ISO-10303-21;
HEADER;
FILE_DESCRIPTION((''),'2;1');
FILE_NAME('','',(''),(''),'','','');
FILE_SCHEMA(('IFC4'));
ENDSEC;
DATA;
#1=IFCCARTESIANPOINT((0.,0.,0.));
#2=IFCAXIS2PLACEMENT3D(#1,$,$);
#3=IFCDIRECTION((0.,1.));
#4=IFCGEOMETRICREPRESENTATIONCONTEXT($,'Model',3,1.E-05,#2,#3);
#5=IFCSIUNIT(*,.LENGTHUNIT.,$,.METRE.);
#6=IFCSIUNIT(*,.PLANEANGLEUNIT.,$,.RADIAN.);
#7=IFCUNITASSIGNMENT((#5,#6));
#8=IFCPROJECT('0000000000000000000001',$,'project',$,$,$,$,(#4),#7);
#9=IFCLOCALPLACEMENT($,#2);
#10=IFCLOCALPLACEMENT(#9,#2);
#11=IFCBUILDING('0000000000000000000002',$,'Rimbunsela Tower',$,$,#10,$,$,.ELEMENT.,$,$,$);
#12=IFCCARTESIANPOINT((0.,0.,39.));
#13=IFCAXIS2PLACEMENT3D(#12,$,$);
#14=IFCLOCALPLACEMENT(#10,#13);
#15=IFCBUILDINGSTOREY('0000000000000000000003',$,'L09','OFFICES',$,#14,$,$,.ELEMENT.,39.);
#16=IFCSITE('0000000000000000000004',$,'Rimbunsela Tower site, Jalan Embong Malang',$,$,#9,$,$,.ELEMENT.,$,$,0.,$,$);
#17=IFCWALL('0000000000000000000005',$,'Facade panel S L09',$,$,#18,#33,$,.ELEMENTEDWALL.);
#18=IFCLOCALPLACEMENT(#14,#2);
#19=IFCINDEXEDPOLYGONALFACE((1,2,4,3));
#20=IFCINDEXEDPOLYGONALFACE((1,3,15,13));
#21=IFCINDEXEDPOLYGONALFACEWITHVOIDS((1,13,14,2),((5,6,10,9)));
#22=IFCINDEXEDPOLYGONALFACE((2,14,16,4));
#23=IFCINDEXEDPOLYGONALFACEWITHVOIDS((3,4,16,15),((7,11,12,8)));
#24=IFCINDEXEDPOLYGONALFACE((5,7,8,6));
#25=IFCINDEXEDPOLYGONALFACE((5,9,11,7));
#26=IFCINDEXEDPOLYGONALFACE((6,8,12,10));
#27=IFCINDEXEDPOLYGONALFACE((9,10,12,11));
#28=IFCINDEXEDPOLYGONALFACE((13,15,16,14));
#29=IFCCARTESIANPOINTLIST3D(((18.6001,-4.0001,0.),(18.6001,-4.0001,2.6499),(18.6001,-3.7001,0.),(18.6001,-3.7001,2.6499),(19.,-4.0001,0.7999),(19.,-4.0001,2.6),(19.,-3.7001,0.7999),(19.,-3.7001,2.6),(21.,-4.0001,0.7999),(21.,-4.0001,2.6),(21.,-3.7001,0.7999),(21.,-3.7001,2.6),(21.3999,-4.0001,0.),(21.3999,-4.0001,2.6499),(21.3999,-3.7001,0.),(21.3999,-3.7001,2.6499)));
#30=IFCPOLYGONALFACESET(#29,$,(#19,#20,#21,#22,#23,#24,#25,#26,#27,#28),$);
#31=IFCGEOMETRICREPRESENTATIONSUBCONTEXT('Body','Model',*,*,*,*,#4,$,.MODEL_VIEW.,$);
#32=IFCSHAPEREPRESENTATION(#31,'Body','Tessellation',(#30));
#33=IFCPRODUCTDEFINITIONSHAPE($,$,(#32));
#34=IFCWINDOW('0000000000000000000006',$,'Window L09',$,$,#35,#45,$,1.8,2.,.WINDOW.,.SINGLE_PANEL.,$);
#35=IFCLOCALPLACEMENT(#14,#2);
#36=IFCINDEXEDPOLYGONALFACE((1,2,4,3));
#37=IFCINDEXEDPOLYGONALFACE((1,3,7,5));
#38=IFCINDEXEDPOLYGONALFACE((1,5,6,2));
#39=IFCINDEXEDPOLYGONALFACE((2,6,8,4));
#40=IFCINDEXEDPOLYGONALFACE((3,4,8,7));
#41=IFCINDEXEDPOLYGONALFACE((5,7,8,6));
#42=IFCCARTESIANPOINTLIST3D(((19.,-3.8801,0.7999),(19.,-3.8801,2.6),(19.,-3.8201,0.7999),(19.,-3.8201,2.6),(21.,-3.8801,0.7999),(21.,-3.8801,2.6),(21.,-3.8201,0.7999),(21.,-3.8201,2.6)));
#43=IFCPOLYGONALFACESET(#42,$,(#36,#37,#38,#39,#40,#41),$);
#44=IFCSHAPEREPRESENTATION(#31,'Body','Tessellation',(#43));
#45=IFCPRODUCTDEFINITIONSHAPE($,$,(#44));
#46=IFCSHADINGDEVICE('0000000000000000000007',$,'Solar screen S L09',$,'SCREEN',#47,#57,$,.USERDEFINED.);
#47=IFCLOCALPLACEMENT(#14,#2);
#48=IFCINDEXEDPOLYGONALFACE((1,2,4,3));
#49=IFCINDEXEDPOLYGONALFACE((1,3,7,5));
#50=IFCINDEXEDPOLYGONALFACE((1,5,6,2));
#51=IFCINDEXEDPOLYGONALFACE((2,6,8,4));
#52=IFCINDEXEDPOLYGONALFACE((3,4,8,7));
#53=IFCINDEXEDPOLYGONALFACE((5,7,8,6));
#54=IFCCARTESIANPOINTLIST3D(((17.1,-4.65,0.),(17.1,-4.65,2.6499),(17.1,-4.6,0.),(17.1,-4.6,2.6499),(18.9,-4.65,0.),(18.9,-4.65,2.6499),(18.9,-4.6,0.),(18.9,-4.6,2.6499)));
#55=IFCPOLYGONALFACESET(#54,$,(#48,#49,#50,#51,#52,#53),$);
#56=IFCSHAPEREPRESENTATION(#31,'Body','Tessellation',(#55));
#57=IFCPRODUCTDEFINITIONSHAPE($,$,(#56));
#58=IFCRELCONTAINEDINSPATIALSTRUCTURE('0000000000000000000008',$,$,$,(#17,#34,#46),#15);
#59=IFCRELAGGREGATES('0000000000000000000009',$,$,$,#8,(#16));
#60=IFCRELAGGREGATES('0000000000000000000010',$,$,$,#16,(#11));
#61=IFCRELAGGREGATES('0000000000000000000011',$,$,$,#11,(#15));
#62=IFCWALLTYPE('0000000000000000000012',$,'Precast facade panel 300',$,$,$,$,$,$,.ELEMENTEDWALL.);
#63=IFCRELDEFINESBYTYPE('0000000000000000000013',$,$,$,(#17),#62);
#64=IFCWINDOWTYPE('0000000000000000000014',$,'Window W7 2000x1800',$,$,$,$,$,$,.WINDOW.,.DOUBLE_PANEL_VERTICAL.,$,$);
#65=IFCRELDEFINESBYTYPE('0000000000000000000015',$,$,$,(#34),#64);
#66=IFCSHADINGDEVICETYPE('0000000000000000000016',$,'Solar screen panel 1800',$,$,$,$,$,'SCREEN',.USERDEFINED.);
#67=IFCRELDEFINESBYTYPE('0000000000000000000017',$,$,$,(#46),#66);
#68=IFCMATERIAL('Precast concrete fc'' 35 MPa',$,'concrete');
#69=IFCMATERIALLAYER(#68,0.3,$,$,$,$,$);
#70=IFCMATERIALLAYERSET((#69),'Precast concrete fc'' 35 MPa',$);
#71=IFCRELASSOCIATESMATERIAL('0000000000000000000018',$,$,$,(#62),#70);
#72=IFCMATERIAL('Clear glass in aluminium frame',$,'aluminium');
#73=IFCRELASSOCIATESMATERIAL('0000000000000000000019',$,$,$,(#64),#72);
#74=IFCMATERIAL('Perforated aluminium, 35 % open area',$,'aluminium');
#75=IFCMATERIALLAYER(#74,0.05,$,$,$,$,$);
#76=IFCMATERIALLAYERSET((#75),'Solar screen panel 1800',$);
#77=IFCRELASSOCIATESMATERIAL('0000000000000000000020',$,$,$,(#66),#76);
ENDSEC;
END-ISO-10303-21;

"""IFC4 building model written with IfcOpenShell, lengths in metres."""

from ifc_helpers import new_model, si_unit, direction, frame, frame_2d, origin, origin_2d, place, context, subcontext, project, spatial, rectangle, extrude, material, layer, layer_set, type_object, element, fill, save


model = new_model("IFC4")

# Units and contexts
model_context = context("Model", 3, precision=1e-05, world=origin(), true_north=direction((0.0, 1.0)))
body_context = subcontext(model_context, "Body", "Model", "MODEL_VIEW")
ifc_project = project(units=[si_unit("LENGTHUNIT", "METRE"), si_unit("PLANEANGLEUNIT", "RADIAN")], contexts=[model_context])

# Site, building, storey
site_placement = place(None, origin())
site = spatial("IfcSite", under=ifc_project, at=site_placement, Name="Rimbunsela Tower site, Jalan Embong Malang", CompositionType="ELEMENT", RefElevation=0.0)
building_placement = place(site_placement, origin())
building = spatial("IfcBuilding", under=site, at=building_placement, Name="Rimbunsela Tower", CompositionType="ELEMENT")
storey_placement = place(building_placement, frame((0.0, 0.0, 39.0)))
storey = spatial("IfcBuildingStorey", under=building, at=storey_placement, Name="L09", Description="OFFICES", CompositionType="ELEMENT", Elevation=39.0)

# Wall, opening, window
ifc_material_1 = material(Name="Precast concrete fc' 35 MPa", Category="concrete")
ifc_layer_1 = layer(ifc_material_1, 0.3)
ifc_layer_set_1 = layer_set([ifc_layer_1], Name="Precast concrete fc' 35 MPa")
wall_type_1 = type_object("IfcWallType", Name="Precast facade panel 300", PredefinedType="ELEMENTEDWALL", material=ifc_layer_set_1)
ifc_material_2 = material(Name="Clear glass in aluminium frame", Category="aluminium")
window_type = type_object("IfcWindowType", Name="Window W7 2000x1800", PartitioningType="DOUBLE_PANEL_VERTICAL", PredefinedType="WINDOW", material=ifc_material_2)
wall_1_placement = place(storey_placement, frame((18.6001, -3.8501, 0.0), z_axis=(0.0, 0.0, 1.0), x_axis=(1.0, 0.0, 0.0)))
wall_1 = element("IfcWall", 1, at=wall_1_placement, inside=storey, type_object=wall_type_1, Name="Facade panel S L09", PredefinedType="ELEMENTEDWALL", context=body_context, shape_type="SweptSolid", body=[
    extrude(rectangle(XDim=2.7998, YDim=0.3, at=frame_2d((1.3999, 0.0))), origin(), (0.0, 0.0, 1.0), 2.6499),
])
opening_1_placement = place(wall_1_placement, frame((0.3999, 0.0, 0.8)))
opening_1 = element("IfcOpeningElement", 2, at=opening_1_placement, cuts=wall_1, PredefinedType="OPENING", context=body_context, shape_type="SweptSolid", body=[
    extrude(rectangle(XDim=2.0, YDim=1.8, at=frame_2d((1.0, 0.8999))), frame((0.0, 0.1599, 0.0), z_axis=(0.0, -1.0, 0.0), x_axis=(1.0, 0.0, 0.0)), (0.0, 0.0, 1.0), 0.3201),
])
window_1_placement = place(opening_1_placement, origin())
window_1 = element("IfcWindow", 3, at=window_1_placement, inside=storey, type_object=window_type, Name="Window L09", OverallHeight=1.8, OverallWidth=2.0, PartitioningType="SINGLE_PANEL", PredefinedType="WINDOW", context=body_context, shape_type="SweptSolid", body=[
    extrude(rectangle(XDim=2.0, YDim=1.8, at=frame_2d((1.0, 0.8999))), frame((0.0, 0.03, 0.0), z_axis=(0.0, -1.0, 0.0), x_axis=(1.0, 0.0, 0.0)), (0.0, 0.0, 1.0), 0.0601),
])
fill(opening_1, window_1)

# Shading device
ifc_material_3 = material(Name="Perforated aluminium, 35 % open area", Category="aluminium")
ifc_layer_2 = layer(ifc_material_3, 0.05)
ifc_layer_set_2 = layer_set([ifc_layer_2], Name="Solar screen panel 1800")
shading_device_type = type_object("IfcShadingDeviceType", Name="Solar screen panel 1800", ElementType="SCREEN", PredefinedType="USERDEFINED", material=ifc_layer_set_2)
shading_device_placement = place(storey_placement, frame((18.0, -4.625, 0.0), z_axis=(0.0, 0.0, 1.0), x_axis=(1.0, 0.0, 0.0)))
element("IfcShadingDevice", 4, at=shading_device_placement, inside=storey, type_object=shading_device_type, Name="Solar screen S L09", ObjectType="SCREEN", PredefinedType="USERDEFINED", context=body_context, shape_type="SweptSolid", body=[
    extrude(rectangle(XDim=1.8, YDim=0.05, at=origin_2d()), origin(), (0.0, 0.0, 1.0), 2.6499),
])

save(model, "model.ifc")
